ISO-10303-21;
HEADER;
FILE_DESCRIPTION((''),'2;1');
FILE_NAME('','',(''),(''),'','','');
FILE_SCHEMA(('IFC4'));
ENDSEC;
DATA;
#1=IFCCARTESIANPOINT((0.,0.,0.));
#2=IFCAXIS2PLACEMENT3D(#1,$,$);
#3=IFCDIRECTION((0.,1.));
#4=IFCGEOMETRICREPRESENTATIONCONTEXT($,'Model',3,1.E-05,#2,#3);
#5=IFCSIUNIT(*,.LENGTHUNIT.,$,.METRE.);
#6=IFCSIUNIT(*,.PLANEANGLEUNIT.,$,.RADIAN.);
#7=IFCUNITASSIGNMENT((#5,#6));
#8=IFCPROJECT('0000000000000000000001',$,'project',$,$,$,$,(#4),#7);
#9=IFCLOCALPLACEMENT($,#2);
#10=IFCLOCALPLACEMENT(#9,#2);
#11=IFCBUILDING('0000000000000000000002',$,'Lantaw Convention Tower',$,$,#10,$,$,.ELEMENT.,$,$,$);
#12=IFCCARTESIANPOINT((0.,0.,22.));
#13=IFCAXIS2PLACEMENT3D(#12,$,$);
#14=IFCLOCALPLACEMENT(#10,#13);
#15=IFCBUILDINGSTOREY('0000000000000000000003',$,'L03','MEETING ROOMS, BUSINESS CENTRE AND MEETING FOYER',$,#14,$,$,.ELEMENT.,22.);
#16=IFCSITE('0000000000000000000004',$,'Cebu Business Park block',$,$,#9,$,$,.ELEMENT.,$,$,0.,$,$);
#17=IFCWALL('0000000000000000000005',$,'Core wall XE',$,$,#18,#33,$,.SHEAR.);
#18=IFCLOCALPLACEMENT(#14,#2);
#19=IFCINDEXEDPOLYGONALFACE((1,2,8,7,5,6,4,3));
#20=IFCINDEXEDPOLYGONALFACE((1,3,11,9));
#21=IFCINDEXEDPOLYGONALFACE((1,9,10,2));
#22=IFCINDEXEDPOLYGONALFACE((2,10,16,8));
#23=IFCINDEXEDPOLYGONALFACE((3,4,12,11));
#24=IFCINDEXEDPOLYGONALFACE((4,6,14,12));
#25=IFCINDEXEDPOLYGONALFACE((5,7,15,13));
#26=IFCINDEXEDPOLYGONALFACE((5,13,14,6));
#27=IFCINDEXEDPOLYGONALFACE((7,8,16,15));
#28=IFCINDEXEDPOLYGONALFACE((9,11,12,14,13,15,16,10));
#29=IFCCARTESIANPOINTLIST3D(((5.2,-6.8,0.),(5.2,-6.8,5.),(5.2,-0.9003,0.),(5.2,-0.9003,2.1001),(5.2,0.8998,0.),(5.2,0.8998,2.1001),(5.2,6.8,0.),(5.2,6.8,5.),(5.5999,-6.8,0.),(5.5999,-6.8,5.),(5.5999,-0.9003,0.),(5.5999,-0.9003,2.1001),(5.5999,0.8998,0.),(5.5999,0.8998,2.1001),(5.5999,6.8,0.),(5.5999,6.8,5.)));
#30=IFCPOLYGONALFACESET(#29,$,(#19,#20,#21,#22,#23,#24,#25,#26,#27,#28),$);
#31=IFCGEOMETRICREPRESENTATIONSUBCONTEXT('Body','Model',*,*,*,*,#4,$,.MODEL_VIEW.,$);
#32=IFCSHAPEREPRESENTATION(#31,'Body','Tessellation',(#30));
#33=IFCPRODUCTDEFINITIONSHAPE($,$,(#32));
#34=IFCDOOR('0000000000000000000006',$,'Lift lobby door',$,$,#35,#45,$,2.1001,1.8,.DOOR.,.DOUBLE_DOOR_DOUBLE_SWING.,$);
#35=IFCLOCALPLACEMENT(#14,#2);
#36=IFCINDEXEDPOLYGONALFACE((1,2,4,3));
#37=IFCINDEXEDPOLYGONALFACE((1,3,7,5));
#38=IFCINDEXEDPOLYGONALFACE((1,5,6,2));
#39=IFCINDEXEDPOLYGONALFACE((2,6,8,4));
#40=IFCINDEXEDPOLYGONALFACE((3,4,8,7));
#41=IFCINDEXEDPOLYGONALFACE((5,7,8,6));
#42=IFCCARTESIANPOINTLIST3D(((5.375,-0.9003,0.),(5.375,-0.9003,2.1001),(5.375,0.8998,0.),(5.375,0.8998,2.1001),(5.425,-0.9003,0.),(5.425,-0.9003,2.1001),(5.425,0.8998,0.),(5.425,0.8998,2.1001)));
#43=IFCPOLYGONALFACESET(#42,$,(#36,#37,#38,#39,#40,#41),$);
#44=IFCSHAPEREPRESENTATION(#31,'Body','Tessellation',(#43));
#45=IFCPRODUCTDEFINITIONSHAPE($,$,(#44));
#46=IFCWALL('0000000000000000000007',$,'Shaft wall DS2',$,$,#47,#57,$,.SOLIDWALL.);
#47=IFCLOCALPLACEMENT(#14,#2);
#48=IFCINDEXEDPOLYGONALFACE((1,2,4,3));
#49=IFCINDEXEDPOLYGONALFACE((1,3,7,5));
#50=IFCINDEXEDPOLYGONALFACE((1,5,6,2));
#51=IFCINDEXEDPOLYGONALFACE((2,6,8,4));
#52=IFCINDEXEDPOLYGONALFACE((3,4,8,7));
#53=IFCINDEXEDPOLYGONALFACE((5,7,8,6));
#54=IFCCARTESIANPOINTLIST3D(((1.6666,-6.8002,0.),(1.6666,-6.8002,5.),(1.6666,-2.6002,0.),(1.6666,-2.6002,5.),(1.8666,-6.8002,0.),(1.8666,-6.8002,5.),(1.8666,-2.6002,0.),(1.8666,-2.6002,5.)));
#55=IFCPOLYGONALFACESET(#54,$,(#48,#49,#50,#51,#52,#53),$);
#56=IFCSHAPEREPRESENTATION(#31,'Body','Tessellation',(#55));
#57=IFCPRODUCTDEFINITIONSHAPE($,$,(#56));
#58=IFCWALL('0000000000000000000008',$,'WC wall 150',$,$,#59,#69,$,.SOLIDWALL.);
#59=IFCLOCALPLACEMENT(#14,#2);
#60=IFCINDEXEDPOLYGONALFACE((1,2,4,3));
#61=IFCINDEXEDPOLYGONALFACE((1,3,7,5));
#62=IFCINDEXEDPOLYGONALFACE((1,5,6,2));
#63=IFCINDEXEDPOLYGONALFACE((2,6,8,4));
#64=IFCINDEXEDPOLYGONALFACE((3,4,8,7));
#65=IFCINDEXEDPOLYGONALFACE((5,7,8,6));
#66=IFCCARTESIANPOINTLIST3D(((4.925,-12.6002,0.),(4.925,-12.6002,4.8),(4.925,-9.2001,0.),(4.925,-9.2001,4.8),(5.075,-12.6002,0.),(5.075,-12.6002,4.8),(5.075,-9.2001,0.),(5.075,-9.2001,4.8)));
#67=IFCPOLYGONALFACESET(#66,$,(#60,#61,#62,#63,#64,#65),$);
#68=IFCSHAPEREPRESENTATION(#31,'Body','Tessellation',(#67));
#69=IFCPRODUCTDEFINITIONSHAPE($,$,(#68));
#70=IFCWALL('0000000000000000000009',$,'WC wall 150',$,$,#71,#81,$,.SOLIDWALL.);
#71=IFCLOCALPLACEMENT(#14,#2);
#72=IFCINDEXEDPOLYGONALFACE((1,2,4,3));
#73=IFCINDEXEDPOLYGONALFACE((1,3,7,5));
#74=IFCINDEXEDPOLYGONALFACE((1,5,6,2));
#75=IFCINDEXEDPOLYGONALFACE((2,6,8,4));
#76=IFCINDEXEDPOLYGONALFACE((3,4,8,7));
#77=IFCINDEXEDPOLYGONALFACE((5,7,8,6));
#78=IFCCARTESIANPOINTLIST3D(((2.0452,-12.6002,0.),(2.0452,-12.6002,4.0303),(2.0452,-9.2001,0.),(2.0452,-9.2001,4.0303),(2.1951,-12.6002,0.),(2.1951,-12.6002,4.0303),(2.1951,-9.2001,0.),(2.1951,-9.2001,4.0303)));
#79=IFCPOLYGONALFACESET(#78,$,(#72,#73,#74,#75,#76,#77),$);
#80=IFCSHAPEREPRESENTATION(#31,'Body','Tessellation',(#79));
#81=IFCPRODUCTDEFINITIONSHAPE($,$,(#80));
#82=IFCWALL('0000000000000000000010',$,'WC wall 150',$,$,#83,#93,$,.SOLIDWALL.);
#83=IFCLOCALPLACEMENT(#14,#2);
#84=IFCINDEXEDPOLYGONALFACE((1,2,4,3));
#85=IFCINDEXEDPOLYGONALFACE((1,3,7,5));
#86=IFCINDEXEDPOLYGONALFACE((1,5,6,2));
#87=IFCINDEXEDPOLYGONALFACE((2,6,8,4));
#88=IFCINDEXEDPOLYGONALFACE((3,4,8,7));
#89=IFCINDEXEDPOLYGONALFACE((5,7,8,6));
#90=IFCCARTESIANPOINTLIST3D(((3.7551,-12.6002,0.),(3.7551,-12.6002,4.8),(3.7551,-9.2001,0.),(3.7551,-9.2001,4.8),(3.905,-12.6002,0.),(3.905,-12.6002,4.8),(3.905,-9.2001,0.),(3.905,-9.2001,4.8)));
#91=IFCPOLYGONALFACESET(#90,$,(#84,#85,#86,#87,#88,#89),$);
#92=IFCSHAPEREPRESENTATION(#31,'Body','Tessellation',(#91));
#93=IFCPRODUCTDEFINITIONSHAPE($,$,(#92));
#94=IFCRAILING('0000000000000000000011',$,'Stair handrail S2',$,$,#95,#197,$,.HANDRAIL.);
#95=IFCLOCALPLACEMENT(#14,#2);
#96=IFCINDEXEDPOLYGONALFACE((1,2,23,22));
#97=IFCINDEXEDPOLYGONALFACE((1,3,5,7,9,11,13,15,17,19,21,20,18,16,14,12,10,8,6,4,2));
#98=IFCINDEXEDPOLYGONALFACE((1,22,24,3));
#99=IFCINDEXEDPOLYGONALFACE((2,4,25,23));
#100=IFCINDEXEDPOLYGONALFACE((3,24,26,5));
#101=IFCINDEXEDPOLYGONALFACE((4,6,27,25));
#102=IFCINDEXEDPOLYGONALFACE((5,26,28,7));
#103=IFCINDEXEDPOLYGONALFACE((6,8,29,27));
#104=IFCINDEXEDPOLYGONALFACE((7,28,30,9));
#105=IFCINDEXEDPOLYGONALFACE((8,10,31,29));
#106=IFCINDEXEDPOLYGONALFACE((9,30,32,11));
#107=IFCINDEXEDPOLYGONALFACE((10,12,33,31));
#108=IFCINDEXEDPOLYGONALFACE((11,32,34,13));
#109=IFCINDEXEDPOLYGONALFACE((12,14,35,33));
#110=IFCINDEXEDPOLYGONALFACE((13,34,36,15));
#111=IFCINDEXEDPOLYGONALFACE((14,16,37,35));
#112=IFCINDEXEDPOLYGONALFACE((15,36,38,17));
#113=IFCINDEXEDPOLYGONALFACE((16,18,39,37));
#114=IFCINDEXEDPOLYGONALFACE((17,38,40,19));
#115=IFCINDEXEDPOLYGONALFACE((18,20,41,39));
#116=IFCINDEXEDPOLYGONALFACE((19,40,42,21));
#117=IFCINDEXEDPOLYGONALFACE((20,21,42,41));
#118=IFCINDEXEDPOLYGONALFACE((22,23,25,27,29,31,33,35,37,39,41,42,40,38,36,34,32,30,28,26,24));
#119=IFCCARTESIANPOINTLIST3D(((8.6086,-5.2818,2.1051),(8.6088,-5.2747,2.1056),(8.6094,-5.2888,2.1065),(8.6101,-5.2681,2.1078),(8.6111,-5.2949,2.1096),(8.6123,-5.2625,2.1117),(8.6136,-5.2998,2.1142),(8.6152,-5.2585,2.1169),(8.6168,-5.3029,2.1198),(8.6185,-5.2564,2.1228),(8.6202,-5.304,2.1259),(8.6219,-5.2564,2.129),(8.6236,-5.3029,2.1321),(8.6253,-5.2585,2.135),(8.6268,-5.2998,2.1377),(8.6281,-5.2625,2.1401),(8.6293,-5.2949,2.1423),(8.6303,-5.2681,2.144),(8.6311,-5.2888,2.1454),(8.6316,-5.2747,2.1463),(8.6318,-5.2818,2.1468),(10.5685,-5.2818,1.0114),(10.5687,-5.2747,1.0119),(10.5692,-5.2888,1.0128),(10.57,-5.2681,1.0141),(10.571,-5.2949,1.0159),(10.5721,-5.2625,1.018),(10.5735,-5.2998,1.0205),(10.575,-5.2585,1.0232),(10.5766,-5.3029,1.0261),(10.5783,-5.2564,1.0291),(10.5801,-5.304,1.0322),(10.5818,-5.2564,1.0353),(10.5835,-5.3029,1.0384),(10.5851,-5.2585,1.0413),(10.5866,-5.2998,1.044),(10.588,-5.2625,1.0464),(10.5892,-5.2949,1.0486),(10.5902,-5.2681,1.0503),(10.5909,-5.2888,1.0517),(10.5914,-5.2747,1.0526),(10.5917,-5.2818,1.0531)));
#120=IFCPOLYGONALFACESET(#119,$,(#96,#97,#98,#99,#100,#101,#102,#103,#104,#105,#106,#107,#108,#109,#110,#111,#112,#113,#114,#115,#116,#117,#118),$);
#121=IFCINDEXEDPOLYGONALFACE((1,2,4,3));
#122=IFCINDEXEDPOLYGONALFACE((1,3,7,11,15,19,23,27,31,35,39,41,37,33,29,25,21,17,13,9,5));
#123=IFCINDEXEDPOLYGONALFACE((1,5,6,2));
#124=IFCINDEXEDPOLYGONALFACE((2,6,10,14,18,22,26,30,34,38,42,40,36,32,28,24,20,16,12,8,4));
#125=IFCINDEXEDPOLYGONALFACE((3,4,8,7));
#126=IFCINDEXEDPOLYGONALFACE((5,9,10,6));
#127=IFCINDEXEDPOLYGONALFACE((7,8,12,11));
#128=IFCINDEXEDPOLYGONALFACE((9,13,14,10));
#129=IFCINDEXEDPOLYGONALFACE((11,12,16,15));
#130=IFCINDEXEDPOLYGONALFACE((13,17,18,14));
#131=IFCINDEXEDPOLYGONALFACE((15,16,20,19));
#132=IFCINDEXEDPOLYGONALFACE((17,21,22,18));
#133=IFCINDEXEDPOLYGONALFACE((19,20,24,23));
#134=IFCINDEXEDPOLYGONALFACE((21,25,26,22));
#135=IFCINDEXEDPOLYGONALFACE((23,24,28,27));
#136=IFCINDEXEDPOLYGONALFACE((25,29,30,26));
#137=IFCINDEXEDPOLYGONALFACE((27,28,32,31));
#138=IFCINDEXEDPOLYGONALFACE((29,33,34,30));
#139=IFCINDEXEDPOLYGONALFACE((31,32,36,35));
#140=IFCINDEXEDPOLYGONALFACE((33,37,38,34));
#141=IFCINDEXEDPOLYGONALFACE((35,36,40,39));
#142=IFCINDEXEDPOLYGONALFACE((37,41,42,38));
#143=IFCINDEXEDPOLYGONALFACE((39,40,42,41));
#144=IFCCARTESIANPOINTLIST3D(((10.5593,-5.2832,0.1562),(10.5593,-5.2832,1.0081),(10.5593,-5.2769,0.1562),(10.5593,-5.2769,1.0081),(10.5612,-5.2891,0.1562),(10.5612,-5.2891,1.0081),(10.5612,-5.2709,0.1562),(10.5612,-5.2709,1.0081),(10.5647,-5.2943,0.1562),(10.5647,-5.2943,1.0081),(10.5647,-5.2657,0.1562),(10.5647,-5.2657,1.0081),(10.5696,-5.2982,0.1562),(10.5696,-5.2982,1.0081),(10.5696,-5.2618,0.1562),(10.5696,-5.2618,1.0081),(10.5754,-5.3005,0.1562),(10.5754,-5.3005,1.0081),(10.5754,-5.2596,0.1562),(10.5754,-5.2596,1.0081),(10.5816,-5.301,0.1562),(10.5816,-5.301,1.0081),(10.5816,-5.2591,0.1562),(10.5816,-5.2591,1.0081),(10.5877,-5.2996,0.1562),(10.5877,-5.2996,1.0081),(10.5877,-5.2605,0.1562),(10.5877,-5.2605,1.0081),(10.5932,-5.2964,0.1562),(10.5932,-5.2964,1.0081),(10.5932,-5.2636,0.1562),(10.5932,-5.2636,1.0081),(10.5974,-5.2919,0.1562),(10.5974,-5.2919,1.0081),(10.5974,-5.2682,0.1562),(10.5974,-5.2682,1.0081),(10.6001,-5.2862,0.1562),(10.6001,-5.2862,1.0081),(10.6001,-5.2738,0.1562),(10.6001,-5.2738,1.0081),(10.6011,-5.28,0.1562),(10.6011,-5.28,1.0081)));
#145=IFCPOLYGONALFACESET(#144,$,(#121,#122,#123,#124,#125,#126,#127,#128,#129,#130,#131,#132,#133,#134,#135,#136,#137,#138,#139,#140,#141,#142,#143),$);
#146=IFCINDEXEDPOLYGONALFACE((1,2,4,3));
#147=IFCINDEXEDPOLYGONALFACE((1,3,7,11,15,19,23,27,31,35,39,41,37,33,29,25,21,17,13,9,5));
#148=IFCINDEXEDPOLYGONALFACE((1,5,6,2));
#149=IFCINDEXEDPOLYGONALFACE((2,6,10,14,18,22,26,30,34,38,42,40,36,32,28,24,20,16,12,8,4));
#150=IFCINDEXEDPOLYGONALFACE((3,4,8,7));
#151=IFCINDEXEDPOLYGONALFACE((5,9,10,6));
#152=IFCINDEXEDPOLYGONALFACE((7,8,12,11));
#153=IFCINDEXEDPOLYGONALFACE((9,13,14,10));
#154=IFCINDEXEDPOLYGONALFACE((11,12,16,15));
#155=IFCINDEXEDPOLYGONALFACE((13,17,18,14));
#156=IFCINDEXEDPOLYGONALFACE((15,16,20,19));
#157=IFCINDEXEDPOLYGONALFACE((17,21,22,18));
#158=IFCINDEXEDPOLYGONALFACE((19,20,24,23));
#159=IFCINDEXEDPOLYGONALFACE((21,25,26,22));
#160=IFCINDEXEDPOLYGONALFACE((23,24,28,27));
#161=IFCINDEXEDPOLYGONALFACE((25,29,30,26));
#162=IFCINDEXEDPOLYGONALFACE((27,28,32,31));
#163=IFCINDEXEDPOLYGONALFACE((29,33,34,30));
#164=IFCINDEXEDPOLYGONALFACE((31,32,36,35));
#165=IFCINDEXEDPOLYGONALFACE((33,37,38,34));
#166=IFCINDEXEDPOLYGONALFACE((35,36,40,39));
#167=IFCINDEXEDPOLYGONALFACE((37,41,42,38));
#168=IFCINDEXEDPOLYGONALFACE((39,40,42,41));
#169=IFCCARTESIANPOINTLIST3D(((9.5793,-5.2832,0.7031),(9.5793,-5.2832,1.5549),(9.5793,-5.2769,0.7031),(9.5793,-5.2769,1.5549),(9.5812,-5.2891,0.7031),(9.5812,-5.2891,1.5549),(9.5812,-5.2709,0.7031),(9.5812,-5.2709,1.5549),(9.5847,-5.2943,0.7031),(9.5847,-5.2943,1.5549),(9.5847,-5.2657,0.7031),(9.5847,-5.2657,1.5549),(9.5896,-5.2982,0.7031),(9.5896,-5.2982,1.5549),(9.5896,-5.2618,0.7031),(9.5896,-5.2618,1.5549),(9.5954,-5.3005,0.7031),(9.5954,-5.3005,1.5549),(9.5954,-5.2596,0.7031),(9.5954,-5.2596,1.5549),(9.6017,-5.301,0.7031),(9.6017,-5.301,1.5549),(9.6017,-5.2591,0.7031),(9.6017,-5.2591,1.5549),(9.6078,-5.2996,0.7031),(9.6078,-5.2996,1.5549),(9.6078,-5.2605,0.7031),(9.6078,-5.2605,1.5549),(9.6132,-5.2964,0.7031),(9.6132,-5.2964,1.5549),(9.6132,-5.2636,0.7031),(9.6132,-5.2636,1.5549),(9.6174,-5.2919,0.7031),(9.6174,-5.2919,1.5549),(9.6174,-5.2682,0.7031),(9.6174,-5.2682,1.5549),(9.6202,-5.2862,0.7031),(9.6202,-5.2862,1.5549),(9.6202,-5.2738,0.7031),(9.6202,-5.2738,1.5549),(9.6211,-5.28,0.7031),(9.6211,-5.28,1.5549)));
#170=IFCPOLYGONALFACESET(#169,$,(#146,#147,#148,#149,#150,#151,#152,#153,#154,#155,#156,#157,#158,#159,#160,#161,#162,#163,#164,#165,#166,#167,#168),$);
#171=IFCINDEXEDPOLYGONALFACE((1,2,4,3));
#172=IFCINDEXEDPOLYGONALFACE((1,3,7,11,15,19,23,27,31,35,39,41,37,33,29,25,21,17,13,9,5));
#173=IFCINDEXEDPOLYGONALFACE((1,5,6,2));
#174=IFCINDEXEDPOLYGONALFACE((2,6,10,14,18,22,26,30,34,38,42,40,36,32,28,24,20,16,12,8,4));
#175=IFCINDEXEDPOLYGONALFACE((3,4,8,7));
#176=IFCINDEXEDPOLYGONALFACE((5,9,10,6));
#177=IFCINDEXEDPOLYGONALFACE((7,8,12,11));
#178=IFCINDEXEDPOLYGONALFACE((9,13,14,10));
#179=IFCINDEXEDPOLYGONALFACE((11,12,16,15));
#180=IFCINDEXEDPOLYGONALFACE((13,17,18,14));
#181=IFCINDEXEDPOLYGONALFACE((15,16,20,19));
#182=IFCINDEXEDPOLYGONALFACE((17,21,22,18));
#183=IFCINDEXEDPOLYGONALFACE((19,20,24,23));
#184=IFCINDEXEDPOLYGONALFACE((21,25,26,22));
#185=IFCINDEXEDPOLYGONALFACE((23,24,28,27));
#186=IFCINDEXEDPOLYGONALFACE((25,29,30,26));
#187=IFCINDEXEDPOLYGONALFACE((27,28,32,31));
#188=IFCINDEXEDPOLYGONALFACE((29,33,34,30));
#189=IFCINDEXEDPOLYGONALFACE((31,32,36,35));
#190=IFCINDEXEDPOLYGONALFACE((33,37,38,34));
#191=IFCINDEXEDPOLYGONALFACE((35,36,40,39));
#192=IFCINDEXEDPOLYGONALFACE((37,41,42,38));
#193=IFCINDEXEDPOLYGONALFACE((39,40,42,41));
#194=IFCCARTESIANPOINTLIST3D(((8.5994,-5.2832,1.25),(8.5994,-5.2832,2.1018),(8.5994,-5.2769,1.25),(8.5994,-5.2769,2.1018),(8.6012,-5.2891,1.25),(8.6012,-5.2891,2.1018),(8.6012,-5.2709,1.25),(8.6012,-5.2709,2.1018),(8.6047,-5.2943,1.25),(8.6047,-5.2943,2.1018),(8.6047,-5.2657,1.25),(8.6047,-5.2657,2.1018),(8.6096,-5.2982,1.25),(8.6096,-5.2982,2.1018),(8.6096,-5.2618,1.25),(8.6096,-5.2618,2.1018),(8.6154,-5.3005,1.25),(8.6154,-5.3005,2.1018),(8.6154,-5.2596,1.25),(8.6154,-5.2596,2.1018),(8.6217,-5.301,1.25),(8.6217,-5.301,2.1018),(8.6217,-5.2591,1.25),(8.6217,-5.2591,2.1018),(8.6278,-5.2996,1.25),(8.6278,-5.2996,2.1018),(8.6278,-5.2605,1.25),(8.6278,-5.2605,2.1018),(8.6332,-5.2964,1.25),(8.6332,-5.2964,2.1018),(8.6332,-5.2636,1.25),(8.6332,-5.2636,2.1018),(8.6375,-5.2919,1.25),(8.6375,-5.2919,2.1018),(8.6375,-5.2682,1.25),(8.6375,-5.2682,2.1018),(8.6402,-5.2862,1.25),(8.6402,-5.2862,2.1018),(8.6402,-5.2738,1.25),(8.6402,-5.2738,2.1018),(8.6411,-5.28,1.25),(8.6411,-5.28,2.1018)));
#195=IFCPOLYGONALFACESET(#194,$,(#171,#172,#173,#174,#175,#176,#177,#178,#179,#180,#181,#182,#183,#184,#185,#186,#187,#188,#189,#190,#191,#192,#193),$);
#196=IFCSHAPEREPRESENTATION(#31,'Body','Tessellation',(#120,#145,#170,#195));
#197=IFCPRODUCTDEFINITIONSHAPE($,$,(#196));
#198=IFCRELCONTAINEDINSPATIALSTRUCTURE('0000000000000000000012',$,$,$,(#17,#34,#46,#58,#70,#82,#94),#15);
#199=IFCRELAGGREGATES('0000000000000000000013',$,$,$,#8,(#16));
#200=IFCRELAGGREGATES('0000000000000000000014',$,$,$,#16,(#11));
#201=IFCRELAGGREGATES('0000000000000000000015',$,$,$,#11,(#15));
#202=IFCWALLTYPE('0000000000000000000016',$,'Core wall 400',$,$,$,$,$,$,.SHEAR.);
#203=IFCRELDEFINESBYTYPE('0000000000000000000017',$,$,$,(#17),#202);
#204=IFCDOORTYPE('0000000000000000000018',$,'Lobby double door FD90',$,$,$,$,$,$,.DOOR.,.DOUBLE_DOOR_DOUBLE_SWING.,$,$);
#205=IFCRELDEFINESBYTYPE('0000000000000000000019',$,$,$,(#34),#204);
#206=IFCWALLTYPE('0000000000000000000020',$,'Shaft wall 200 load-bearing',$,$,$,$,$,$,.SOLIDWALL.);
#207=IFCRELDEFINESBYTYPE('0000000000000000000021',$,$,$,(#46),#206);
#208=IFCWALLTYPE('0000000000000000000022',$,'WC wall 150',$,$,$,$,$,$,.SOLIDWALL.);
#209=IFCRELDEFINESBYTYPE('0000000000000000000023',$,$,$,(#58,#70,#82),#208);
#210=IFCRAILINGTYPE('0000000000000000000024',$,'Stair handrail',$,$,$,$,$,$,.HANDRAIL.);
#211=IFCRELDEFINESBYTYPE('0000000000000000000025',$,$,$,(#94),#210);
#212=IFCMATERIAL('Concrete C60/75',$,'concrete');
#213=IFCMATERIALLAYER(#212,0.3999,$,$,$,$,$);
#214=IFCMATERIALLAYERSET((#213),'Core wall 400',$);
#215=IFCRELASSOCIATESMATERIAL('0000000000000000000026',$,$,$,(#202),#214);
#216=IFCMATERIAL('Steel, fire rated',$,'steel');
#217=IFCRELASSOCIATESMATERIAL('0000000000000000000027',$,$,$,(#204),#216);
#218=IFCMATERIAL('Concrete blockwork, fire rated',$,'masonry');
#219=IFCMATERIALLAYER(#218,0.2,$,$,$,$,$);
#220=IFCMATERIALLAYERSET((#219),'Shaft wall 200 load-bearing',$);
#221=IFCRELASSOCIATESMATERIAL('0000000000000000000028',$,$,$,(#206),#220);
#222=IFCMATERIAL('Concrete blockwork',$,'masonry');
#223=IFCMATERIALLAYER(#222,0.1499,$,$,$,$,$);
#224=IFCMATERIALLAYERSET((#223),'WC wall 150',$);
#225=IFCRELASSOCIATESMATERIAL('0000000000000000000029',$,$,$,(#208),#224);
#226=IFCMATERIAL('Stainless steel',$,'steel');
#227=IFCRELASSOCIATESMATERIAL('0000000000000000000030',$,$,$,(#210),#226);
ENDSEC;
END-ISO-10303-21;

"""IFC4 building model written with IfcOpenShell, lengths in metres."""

from ifc_helpers import new_model, si_unit, direction, frame, frame_2d, origin, origin_2d, place, context, subcontext, project, spatial, rectangle, circle, extrude, material, layer, layer_set, type_object, element, fill, save


model = new_model("IFC4")

# Units and contexts
model_context = context("Model", 3, precision=1e-05, world=origin(), true_north=direction((0.0, 1.0)))
body_context = subcontext(model_context, "Body", "Model", "MODEL_VIEW")
ifc_project = project(units=[si_unit("LENGTHUNIT", "METRE"), si_unit("PLANEANGLEUNIT", "RADIAN")], contexts=[model_context])

# Site, building, storey
site_placement = place(None, origin())
site = spatial("IfcSite", under=ifc_project, at=site_placement, Name="Cebu Business Park block", CompositionType="ELEMENT", RefElevation=0.0)
building_placement = place(site_placement, origin())
building = spatial("IfcBuilding", under=site, at=building_placement, Name="Lantaw Convention Tower", CompositionType="ELEMENT")
storey_placement = place(building_placement, frame((0.0, 0.0, 22.0)))
storey = spatial("IfcBuildingStorey", under=building, at=storey_placement, Name="L03", Description="MEETING ROOMS, BUSINESS CENTRE AND MEETING FOYER", CompositionType="ELEMENT", Elevation=22.0)

# Wall, opening, door
ifc_material_1 = material(Name="Concrete C60/75", Category="concrete")
ifc_material_2 = material(Name="Steel, fire rated", Category="steel")
ifc_layer_1 = layer(ifc_material_1, 0.3999)
ifc_layer_set_1 = layer_set([ifc_layer_1], Name="Core wall 400")
wall_type_1 = type_object("IfcWallType", Name="Core wall 400", PredefinedType="SHEAR", material=ifc_layer_set_1)
wall_1_placement = place(storey_placement, frame((5.3999, -6.8, 0.0), z_axis=(0.0, 0.0, 1.0), x_axis=(0.0, 1.0, 0.0)))
wall_1 = element("IfcWall", 1, at=wall_1_placement, inside=storey, type_object=wall_type_1, Name="Core wall XE", PredefinedType="SHEAR", context=body_context, shape_type="SweptSolid", body=[
    extrude(rectangle(XDim=13.6001, YDim=0.3999, at=frame_2d((6.8, 0.0))), origin(), (0.0, 0.0, 1.0), 5.0),
])
opening_1_placement = place(wall_1_placement, frame((5.8999, 0.0, 0.0)))
opening_1 = element("IfcOpeningElement", 2, at=opening_1_placement, cuts=wall_1, PredefinedType="OPENING", context=body_context, shape_type="SweptSolid", body=[
    extrude(rectangle(XDim=1.8, YDim=2.1001, at=frame_2d((0.8999, 1.05))), frame((0.0, 0.21, 0.0), z_axis=(0.0, -1.0, 0.0), x_axis=(1.0, 0.0, 0.0)), (0.0, 0.0, 1.0), 0.4199),
])
door_type_1 = type_object("IfcDoorType", Name="Lobby double door FD90", OperationType="DOUBLE_DOOR_DOUBLE_SWING", PredefinedType="DOOR", material=ifc_material_2)
door_1_placement = place(opening_1_placement, origin())
door_1 = element("IfcDoor", 3, at=door_1_placement, inside=storey, type_object=door_type_1, Name="Lift lobby door", OperationType="DOUBLE_DOOR_DOUBLE_SWING", OverallHeight=2.1001, OverallWidth=1.8, PredefinedType="DOOR", context=body_context, shape_type="SweptSolid", body=[
    extrude(rectangle(XDim=1.8, YDim=2.1001, at=frame_2d((0.8999, 1.05))), frame((0.0, 0.0249, 0.0), z_axis=(0.0, -1.0, 0.0), x_axis=(1.0, 0.0, 0.0)), (0.0, 0.0, 1.0), 0.05),
])
fill(opening_1, door_1)

# Walls
ifc_material_3 = material(Name="Concrete blockwork, fire rated", Category="masonry")
ifc_layer_2 = layer(ifc_material_3, 0.2)
ifc_layer_set_2 = layer_set([ifc_layer_2], Name="Shaft wall 200 load-bearing")
wall_type_2 = type_object("IfcWallType", Name="Shaft wall 200 load-bearing", PredefinedType="SOLIDWALL", material=ifc_layer_set_2)
wall_2_placement = place(storey_placement, frame((1.7666, -2.6001, 0.0), z_axis=(0.0, 0.0, 1.0), x_axis=(0.0, -1.0, 0.0)))
element("IfcWall", 4, at=wall_2_placement, inside=storey, type_object=wall_type_2, Name="Shaft wall DS2", PredefinedType="SOLIDWALL", context=body_context, shape_type="SweptSolid", body=[
    extrude(rectangle(XDim=4.2, YDim=0.2, at=frame_2d((2.1001, 0.0))), origin(), (0.0, 0.0, 1.0), 5.0),
])
ifc_material_4 = material(Name="Concrete blockwork", Category="masonry")
ifc_layer_3 = layer(ifc_material_4, 0.1499)
ifc_layer_set_3 = layer_set([ifc_layer_3], Name="WC wall 150")
wall_type_3 = type_object("IfcWallType", Name="WC wall 150", PredefinedType="SOLIDWALL", material=ifc_layer_set_3)
wall_3_placement = place(storey_placement, frame((5.0, -9.2, 0.0), z_axis=(0.0, 0.0, 1.0), x_axis=(0.0, -1.0, 0.0)))
element("IfcWall", 5, at=wall_3_placement, inside=storey, type_object=wall_type_3, Name="WC wall 150", PredefinedType="SOLIDWALL", context=body_context, shape_type="SweptSolid", body=[
    extrude(rectangle(XDim=3.4001, YDim=0.1499, at=frame_2d((1.7002, 0.0))), origin(), (0.0, 0.0, 1.0), 4.8),
])
wall_4_placement = place(storey_placement, frame((2.1201, -9.2, 0.0), z_axis=(0.0, 0.0, 1.0), x_axis=(0.0, -1.0, 0.0)))
element("IfcWall", 6, at=wall_4_placement, inside=storey, type_object=wall_type_3, Name="WC wall 150", PredefinedType="SOLIDWALL", context=body_context, shape_type="SweptSolid", body=[
    extrude(rectangle(XDim=3.4001, YDim=0.1499, at=frame_2d((1.7002, 0.0))), origin(), (0.0, 0.0, 1.0), 4.0303),
])
wall_5_placement = place(storey_placement, frame((3.8301, -9.2, 0.0), z_axis=(0.0, 0.0, 1.0), x_axis=(0.0, -1.0, 0.0)))
element("IfcWall", 7, at=wall_5_placement, inside=storey, type_object=wall_type_3, Name="WC wall 150", PredefinedType="SOLIDWALL", context=body_context, shape_type="SweptSolid", body=[
    extrude(rectangle(XDim=3.4001, YDim=0.1499, at=frame_2d((1.7002, 0.0))), origin(), (0.0, 0.0, 1.0), 4.8),
])

# Railing
ifc_material_5 = material(Name="Stainless steel", Category="steel")
railing_type = type_object("IfcRailingType", Name="Stair handrail", PredefinedType="HANDRAIL", material=ifc_material_5)
railing_1_placement = place(storey_placement, frame((10.5801, -5.28, 0.1562)))
element("IfcRailing", 8, at=railing_1_placement, inside=storey, type_object=railing_type, Name="Stair handrail S2", PredefinedType="HANDRAIL", context=body_context, shape_type="SweptSolid", body=[
    extrude(circle(Radius=0.0239, at=origin_2d()), frame((0.0, 0.0, 0.876), z_axis=(-0.873232, 0.0, 0.487304), x_axis=(0.0, -1.0, 0.0)), (0.0, 0.0, 1.0), 2.2444),
    extrude(circle(Radius=0.021, at=origin_2d()), origin(), (0.0, 0.0, 1.0), 0.8518),
    extrude(circle(Radius=0.021, at=origin_2d()), frame((-0.98, 0.0, 0.5469)), (0.0, 0.0, 1.0), 0.8518),
    extrude(circle(Radius=0.021, at=origin_2d()), frame((-1.96, 0.0, 1.0938)), (0.0, 0.0, 1.0), 0.8518),
])

save(model, "model.ifc")
